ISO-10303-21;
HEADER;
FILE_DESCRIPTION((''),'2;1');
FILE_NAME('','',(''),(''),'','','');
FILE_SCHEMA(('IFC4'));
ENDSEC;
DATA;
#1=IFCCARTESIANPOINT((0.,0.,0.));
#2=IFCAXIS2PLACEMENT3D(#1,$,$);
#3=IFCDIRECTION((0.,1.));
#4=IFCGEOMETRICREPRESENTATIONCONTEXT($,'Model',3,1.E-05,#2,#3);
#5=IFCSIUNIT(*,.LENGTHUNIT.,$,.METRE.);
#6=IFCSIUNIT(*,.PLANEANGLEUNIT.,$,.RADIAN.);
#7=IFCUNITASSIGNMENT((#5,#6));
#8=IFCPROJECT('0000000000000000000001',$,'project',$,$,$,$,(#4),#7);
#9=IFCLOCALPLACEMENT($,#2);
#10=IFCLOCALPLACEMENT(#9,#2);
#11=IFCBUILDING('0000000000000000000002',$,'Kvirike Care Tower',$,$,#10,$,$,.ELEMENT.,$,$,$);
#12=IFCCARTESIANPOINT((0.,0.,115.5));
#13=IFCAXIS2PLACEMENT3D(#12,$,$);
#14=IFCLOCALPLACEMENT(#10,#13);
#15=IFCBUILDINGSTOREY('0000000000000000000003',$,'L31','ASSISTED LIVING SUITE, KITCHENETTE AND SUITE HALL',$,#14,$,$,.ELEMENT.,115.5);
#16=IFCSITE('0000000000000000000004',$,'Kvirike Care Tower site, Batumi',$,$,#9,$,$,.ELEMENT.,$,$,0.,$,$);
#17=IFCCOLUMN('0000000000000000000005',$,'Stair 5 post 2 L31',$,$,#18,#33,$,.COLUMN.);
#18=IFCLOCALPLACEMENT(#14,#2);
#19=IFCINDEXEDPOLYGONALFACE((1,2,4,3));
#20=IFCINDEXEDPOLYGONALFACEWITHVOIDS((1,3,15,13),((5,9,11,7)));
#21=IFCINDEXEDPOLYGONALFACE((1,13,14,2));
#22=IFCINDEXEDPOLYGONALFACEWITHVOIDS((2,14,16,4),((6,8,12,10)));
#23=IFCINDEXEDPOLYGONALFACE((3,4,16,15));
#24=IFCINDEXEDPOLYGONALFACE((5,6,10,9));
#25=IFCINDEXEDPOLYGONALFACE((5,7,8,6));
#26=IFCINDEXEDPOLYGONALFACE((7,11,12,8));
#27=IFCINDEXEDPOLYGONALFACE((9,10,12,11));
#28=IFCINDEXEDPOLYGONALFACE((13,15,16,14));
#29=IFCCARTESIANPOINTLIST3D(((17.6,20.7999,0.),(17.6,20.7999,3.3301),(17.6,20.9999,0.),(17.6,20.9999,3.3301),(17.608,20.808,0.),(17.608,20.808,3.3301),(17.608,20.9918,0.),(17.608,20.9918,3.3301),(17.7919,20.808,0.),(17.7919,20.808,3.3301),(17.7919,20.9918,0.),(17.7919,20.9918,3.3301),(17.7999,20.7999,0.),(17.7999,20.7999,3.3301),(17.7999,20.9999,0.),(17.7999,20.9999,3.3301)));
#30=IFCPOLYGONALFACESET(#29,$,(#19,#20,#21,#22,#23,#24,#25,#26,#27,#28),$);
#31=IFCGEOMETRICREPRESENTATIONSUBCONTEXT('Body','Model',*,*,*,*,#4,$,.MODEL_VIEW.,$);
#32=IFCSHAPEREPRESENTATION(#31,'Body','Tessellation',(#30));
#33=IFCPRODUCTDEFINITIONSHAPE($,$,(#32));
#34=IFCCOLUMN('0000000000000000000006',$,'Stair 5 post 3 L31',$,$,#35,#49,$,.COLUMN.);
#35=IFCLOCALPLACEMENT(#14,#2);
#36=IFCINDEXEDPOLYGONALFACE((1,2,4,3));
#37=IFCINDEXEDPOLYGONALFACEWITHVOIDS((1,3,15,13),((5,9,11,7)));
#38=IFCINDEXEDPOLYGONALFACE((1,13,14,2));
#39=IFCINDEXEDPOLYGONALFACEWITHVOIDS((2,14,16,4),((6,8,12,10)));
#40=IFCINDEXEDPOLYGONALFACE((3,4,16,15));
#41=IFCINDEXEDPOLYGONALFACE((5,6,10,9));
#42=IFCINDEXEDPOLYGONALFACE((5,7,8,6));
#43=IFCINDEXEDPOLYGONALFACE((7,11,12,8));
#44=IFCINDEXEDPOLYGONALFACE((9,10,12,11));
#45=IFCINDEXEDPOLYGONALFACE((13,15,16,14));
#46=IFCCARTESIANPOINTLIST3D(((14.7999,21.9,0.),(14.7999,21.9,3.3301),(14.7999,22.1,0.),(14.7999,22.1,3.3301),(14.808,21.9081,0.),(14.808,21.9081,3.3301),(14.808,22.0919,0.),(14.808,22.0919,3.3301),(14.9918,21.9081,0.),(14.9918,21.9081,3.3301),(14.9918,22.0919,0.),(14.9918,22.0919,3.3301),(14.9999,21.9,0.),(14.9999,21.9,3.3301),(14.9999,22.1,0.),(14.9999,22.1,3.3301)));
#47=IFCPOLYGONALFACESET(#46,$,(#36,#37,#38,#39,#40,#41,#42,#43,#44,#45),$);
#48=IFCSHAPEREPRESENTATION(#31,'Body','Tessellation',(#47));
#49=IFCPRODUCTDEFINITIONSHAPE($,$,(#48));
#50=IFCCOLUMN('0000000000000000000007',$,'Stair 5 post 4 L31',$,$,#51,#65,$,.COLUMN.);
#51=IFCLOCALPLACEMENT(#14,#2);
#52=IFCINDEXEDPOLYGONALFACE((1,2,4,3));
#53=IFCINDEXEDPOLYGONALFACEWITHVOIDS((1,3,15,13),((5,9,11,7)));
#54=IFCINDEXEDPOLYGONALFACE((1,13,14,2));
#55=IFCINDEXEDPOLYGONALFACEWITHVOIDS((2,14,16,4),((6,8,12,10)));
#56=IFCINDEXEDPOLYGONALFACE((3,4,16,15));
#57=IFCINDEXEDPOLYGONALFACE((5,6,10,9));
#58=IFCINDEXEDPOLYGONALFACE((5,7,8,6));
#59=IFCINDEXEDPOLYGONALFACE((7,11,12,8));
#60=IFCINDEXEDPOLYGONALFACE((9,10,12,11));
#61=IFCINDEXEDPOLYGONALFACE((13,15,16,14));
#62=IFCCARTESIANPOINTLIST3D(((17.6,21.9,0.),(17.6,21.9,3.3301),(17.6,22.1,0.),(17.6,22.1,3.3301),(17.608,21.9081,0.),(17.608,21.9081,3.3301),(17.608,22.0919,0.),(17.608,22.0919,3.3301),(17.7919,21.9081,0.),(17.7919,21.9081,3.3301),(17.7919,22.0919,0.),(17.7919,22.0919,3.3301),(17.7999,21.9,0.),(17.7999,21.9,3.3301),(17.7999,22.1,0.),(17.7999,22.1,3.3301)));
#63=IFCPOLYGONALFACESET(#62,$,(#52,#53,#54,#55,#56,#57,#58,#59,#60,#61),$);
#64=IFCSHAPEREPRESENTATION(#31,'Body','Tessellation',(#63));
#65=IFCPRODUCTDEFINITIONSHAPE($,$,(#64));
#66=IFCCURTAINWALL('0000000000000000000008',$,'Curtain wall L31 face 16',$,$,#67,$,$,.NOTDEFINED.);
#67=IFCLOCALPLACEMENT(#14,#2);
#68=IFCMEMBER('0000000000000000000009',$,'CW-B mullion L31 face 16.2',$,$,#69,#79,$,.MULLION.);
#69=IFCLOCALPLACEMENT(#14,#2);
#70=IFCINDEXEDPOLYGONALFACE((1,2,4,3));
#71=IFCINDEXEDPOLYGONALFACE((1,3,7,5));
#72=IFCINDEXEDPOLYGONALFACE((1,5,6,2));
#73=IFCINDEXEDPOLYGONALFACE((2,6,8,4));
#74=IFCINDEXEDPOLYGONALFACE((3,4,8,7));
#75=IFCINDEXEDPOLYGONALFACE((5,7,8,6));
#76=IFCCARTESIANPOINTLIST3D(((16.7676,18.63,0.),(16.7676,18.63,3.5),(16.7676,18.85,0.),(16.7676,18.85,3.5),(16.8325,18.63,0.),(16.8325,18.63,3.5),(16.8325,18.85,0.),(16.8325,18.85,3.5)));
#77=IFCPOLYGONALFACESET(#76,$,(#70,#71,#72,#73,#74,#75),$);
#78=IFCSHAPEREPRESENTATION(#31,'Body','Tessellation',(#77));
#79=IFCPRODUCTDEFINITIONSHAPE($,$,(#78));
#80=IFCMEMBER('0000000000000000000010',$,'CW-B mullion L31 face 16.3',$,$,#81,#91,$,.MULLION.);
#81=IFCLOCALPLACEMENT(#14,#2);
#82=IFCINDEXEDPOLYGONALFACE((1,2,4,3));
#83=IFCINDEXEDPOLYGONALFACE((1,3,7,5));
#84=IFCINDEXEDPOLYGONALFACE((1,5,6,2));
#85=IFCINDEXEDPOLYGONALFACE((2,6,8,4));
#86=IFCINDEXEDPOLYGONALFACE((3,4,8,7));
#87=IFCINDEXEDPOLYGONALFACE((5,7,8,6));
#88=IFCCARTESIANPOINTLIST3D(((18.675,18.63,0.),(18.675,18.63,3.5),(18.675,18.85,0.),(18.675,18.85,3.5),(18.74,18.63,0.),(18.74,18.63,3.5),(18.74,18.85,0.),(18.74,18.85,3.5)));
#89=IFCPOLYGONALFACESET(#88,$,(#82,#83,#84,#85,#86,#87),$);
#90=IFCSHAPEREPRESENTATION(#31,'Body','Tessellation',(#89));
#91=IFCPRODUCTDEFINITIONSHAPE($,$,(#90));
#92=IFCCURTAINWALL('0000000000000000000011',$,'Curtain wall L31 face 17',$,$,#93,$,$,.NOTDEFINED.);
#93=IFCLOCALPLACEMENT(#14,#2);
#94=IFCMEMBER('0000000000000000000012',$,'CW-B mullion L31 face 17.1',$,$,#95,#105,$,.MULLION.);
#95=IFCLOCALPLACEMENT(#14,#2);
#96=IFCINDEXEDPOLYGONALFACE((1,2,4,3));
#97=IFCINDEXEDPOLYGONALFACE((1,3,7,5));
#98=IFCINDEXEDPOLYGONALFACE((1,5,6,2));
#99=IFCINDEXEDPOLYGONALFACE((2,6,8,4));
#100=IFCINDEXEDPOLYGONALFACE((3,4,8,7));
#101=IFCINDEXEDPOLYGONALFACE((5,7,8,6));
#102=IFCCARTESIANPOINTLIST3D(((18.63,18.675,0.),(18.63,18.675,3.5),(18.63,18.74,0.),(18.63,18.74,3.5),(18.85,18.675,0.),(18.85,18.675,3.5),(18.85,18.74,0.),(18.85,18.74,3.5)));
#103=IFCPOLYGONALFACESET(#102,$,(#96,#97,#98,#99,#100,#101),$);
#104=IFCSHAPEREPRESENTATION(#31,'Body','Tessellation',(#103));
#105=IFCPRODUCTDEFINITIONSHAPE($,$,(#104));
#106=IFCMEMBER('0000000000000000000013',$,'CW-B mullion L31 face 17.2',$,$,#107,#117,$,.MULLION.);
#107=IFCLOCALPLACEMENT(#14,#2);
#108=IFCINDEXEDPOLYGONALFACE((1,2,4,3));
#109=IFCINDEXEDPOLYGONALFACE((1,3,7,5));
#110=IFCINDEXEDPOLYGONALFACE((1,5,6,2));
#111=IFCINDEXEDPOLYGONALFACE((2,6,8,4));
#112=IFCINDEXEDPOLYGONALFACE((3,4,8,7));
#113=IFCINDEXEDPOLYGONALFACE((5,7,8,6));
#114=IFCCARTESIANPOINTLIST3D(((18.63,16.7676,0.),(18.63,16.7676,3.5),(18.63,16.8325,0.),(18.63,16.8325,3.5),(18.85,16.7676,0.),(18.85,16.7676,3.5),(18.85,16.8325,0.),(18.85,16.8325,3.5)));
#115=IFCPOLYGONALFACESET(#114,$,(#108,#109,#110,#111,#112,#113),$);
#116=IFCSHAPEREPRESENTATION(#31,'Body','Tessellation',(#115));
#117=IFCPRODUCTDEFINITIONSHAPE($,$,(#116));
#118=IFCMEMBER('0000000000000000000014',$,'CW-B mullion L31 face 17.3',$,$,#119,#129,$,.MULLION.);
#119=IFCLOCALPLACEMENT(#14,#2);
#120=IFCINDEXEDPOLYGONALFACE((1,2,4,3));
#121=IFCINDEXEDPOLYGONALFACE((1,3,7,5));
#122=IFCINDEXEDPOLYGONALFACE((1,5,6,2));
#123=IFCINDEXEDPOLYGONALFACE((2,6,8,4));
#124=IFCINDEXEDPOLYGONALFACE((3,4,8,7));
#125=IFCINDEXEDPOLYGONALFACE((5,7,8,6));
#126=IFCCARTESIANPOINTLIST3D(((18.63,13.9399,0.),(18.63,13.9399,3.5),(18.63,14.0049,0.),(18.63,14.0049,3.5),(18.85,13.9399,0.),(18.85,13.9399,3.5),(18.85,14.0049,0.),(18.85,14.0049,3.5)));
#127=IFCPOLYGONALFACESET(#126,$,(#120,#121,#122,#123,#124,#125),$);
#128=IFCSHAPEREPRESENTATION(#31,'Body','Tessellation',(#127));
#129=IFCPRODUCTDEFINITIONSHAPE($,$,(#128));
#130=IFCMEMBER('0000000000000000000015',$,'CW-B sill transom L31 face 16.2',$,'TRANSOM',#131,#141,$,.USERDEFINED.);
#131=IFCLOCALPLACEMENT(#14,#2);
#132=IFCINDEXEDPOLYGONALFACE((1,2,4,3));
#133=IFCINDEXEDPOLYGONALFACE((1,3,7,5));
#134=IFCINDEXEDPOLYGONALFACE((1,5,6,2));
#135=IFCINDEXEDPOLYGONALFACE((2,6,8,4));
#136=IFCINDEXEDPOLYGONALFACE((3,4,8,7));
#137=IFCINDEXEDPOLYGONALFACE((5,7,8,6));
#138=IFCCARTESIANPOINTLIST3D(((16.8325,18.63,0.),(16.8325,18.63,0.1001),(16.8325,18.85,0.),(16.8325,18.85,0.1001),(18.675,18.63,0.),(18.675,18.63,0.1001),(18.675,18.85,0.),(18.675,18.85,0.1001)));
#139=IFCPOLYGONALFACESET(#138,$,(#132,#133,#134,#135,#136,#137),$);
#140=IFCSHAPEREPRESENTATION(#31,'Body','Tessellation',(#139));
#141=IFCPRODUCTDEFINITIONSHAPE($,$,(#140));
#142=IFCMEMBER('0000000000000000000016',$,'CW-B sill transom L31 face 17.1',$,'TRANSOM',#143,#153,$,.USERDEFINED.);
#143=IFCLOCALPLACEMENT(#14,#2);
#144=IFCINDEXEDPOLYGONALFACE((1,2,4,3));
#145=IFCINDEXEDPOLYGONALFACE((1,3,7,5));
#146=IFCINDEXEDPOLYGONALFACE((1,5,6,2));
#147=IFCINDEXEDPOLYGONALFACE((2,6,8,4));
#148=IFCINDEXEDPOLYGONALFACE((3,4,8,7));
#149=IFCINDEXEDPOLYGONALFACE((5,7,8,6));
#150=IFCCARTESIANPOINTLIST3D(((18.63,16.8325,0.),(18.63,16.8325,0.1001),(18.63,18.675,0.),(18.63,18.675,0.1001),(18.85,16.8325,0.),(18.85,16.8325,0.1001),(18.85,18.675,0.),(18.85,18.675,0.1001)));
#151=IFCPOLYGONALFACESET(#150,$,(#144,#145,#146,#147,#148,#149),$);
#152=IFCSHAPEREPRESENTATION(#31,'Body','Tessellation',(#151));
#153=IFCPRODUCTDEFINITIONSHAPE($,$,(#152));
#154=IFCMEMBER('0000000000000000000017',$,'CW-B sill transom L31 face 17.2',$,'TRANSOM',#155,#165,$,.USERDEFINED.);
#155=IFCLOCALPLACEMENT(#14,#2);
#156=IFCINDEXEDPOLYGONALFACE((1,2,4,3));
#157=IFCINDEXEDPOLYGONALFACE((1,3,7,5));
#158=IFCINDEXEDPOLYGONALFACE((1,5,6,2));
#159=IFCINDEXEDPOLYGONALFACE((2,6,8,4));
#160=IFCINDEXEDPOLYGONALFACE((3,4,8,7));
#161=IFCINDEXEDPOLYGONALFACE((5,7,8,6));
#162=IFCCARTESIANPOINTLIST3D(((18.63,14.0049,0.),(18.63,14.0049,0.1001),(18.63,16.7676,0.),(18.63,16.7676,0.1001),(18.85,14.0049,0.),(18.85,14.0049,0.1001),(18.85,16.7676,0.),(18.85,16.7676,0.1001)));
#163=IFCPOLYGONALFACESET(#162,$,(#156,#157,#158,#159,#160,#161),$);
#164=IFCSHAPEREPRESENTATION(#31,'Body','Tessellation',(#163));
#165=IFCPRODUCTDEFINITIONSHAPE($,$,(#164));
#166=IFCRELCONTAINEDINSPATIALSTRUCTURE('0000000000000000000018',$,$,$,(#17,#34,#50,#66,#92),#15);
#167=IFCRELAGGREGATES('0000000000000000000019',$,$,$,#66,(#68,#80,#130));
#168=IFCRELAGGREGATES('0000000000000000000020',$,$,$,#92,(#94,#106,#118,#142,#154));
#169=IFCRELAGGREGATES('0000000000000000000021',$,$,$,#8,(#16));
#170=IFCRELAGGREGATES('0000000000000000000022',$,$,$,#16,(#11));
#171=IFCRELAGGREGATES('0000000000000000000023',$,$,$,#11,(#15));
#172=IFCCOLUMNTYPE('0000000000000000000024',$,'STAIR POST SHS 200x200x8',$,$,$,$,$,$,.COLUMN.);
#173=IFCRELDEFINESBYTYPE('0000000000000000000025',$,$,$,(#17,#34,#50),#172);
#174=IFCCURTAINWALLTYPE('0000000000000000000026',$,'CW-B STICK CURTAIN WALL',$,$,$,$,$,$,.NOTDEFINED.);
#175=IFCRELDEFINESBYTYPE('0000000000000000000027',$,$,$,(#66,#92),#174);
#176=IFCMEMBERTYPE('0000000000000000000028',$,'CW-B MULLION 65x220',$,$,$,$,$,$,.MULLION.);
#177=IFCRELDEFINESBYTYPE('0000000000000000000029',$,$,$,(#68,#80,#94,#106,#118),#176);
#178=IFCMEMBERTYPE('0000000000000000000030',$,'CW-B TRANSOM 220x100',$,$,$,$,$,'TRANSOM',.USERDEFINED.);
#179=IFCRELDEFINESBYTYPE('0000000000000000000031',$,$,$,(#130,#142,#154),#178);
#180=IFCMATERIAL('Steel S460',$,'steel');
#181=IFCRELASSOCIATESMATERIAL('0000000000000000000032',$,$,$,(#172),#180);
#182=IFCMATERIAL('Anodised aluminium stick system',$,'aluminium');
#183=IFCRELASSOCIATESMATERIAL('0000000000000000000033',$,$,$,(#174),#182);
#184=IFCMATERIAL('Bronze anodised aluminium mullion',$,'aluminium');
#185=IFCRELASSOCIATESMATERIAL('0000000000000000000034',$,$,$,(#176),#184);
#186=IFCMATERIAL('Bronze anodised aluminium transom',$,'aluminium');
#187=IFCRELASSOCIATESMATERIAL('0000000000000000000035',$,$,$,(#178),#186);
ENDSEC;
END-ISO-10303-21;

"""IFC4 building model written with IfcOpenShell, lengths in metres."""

from ifc_helpers import new_model, si_unit, direction, frame, origin, origin_2d, place, context, subcontext, project, spatial, rectangle, hollow_rectangle, extrude, material, material_profile, profile_set, type_object, element, aggregate, save


model = new_model("IFC4")

# Units and contexts
model_context = context("Model", 3, precision=1e-05, world=origin(), true_north=direction((0.0, 1.0)))
body_context = subcontext(model_context, "Body", "Model", "MODEL_VIEW")
ifc_project = project(units=[si_unit("LENGTHUNIT", "METRE"), si_unit("PLANEANGLEUNIT", "RADIAN")], contexts=[model_context])

# Site, building, storey
site_placement = place(None, origin())
site = spatial("IfcSite", under=ifc_project, at=site_placement, Name="Kvirike Care Tower site, Batumi", CompositionType="ELEMENT", RefElevation=0.0)
building_placement = place(site_placement, origin())
building = spatial("IfcBuilding", under=site, at=building_placement, Name="Kvirike Care Tower", CompositionType="ELEMENT")
storey_placement = place(building_placement, frame((0.0, 0.0, 115.5)))
storey = spatial("IfcBuildingStorey", under=building, at=storey_placement, Name="L31", Description="ASSISTED LIVING SUITE, KITCHENETTE AND SUITE HALL", CompositionType="ELEMENT", Elevation=115.5)

# Columns
ifc_material_1 = material(Name="Steel S460", Category="steel")
ifc_material_profile_1 = material_profile(ifc_material_1, hollow_rectangle(XDim=0.2, YDim=0.2, WallThickness=0.0081, at=origin_2d()), Name="SHS 200x200x8")
ifc_profile_set_1 = profile_set([ifc_material_profile_1], Name="Steel S460")
column_type = type_object("IfcColumnType", Name="STAIR POST SHS 200x200x8", PredefinedType="COLUMN", material=ifc_profile_set_1)
for number, where, z_axis, x_axis, name in (
    (1, (17.7, 20.8999, 0.0), (0.0, 0.0, 1.0), (1.0, 0.0, 0.0), "Stair 5 post 2 L31"),
    (2, (14.8999, 22.0, 0.0), (0.0, 0.0, 1.0), (1.0, 0.0, 0.0), "Stair 5 post 3 L31"),
    (3, (17.7, 22.0, 0.0), (0.0, 0.0, 1.0), (1.0, 0.0, 0.0), "Stair 5 post 4 L31"),
):
    element("IfcColumn", number, at=place(storey_placement, frame(where, z_axis=z_axis, x_axis=x_axis)), inside=storey, type_object=column_type, Name=name, PredefinedType="COLUMN", context=body_context, shape_type="SweptSolid", body=[
        extrude(hollow_rectangle(XDim=0.2, YDim=0.2, WallThickness=0.0081, at=origin_2d()), origin(), (0.0, 0.0, 1.0), 3.3301),
    ])

# Curtain walls, members
ifc_material_2 = material(Name="Anodised aluminium stick system", Category="aluminium")
curtain_wall_type = type_object("IfcCurtainWallType", Name="CW-B STICK CURTAIN WALL", PredefinedType="NOTDEFINED", material=ifc_material_2)
curtain_wall_1_placement = place(storey_placement, origin())
curtain_wall_1 = element("IfcCurtainWall", 4, at=curtain_wall_1_placement, inside=storey, type_object=curtain_wall_type, Name="Curtain wall L31 face 16", PredefinedType="NOTDEFINED")
ifc_material_3 = material(Name="Bronze anodised aluminium mullion", Category="aluminium")
ifc_material_profile_2 = material_profile(ifc_material_3, rectangle(XDim=0.0649, YDim=0.22, at=origin_2d()), Name="CW-B MULLION 65x220")
ifc_profile_set_2 = profile_set([ifc_material_profile_2], Name="Bronze anodised aluminium mullion")
member_type_1 = type_object("IfcMemberType", Name="CW-B MULLION 65x220", PredefinedType="MULLION", material=ifc_profile_set_2)
member_1_placement = place(storey_placement, frame((16.8, 18.74, 0.0), z_axis=(0.0, 0.0, 1.0), x_axis=(1.0, 0.0, 0.0)))
member_1 = element("IfcMember", 5, at=member_1_placement, type_object=member_type_1, Name="CW-B mullion L31 face 16.2", PredefinedType="MULLION", context=body_context, shape_type="SweptSolid", body=[
    extrude(rectangle(XDim=0.0649, YDim=0.22, at=origin_2d()), origin(), (0.0, 0.0, 1.0), 3.5),
])
member_2_placement = place(storey_placement, frame((18.7075, 18.74, 0.0), z_axis=(0.0, 0.0, 1.0), x_axis=(1.0, 0.0, 0.0)))
member_2 = element("IfcMember", 6, at=member_2_placement, type_object=member_type_1, Name="CW-B mullion L31 face 16.3", PredefinedType="MULLION", context=body_context, shape_type="SweptSolid", body=[
    extrude(rectangle(XDim=0.0649, YDim=0.22, at=origin_2d()), origin(), (0.0, 0.0, 1.0), 3.5),
])
curtain_wall_2_placement = place(storey_placement, origin())
curtain_wall_2 = element("IfcCurtainWall", 7, at=curtain_wall_2_placement, inside=storey, type_object=curtain_wall_type, Name="Curtain wall L31 face 17", PredefinedType="NOTDEFINED")
member_3_placement = place(storey_placement, frame((18.74, 18.7075, 0.0), z_axis=(0.0, 0.0, 1.0), x_axis=(0.0, -1.0, 0.0)))
member_3 = element("IfcMember", 8, at=member_3_placement, type_object=member_type_1, Name="CW-B mullion L31 face 17.1", PredefinedType="MULLION", context=body_context, shape_type="SweptSolid", body=[
    extrude(rectangle(XDim=0.0649, YDim=0.22, at=origin_2d()), origin(), (0.0, 0.0, 1.0), 3.5),
])
member_4_placement = place(storey_placement, frame((18.74, 16.8, 0.0), z_axis=(0.0, 0.0, 1.0), x_axis=(0.0, -1.0, 0.0)))
member_4 = element("IfcMember", 9, at=member_4_placement, type_object=member_type_1, Name="CW-B mullion L31 face 17.2", PredefinedType="MULLION", context=body_context, shape_type="SweptSolid", body=[
    extrude(rectangle(XDim=0.0649, YDim=0.22, at=origin_2d()), origin(), (0.0, 0.0, 1.0), 3.5),
])
member_5_placement = place(storey_placement, frame((18.74, 13.9724, 0.0), z_axis=(0.0, 0.0, 1.0), x_axis=(0.0, -1.0, 0.0)))
member_5 = element("IfcMember", 10, at=member_5_placement, type_object=member_type_1, Name="CW-B mullion L31 face 17.3", PredefinedType="MULLION", context=body_context, shape_type="SweptSolid", body=[
    extrude(rectangle(XDim=0.0649, YDim=0.22, at=origin_2d()), origin(), (0.0, 0.0, 1.0), 3.5),
])

# Members
ifc_material_4 = material(Name="Bronze anodised aluminium transom", Category="aluminium")
ifc_material_profile_3 = material_profile(ifc_material_4, rectangle(XDim=0.22, YDim=0.1001, at=origin_2d()), Name="CW-B TRANSOM 220x100")
ifc_profile_set_3 = profile_set([ifc_material_profile_3], Name="Bronze anodised aluminium transom")
member_type_2 = type_object("IfcMemberType", Name="CW-B TRANSOM 220x100", ElementType="TRANSOM", PredefinedType="USERDEFINED", material=ifc_profile_set_3)
member_6_placement = place(storey_placement, frame((16.8325, 18.74, 0.05), z_axis=(1.0, 0.0, 0.0), x_axis=(0.0, 1.0, 0.0)))
member_6 = element("IfcMember", 11, at=member_6_placement, type_object=member_type_2, Name="CW-B sill transom L31 face 16.2", ObjectType="TRANSOM", PredefinedType="USERDEFINED", context=body_context, shape_type="SweptSolid", body=[
    extrude(rectangle(XDim=0.22, YDim=0.1001, at=origin_2d()), origin(), (0.0, 0.0, 1.0), 1.8425),
])
member_7_placement = place(storey_placement, frame((18.74, 18.675, 0.05), z_axis=(0.0, -1.0, 0.0), x_axis=(1.0, 0.0, 0.0)))
member_7 = element("IfcMember", 12, at=member_7_placement, type_object=member_type_2, Name="CW-B sill transom L31 face 17.1", ObjectType="TRANSOM", PredefinedType="USERDEFINED", context=body_context, shape_type="SweptSolid", body=[
    extrude(rectangle(XDim=0.22, YDim=0.1001, at=origin_2d()), origin(), (0.0, 0.0, 1.0), 1.8425),
])
member_8_placement = place(storey_placement, frame((18.74, 16.7676, 0.05), z_axis=(0.0, -1.0, 0.0), x_axis=(1.0, 0.0, 0.0)))
member_8 = element("IfcMember", 13, at=member_8_placement, type_object=member_type_2, Name="CW-B sill transom L31 face 17.2", ObjectType="TRANSOM", PredefinedType="USERDEFINED", context=body_context, shape_type="SweptSolid", body=[
    extrude(rectangle(XDim=0.22, YDim=0.1001, at=origin_2d()), origin(), (0.0, 0.0, 1.0), 2.7627),
])

aggregate(curtain_wall_1, [member_1, member_2, member_6])
aggregate(curtain_wall_2, [member_3, member_4, member_5, member_7, member_8])

save(model, "model.ifc")
